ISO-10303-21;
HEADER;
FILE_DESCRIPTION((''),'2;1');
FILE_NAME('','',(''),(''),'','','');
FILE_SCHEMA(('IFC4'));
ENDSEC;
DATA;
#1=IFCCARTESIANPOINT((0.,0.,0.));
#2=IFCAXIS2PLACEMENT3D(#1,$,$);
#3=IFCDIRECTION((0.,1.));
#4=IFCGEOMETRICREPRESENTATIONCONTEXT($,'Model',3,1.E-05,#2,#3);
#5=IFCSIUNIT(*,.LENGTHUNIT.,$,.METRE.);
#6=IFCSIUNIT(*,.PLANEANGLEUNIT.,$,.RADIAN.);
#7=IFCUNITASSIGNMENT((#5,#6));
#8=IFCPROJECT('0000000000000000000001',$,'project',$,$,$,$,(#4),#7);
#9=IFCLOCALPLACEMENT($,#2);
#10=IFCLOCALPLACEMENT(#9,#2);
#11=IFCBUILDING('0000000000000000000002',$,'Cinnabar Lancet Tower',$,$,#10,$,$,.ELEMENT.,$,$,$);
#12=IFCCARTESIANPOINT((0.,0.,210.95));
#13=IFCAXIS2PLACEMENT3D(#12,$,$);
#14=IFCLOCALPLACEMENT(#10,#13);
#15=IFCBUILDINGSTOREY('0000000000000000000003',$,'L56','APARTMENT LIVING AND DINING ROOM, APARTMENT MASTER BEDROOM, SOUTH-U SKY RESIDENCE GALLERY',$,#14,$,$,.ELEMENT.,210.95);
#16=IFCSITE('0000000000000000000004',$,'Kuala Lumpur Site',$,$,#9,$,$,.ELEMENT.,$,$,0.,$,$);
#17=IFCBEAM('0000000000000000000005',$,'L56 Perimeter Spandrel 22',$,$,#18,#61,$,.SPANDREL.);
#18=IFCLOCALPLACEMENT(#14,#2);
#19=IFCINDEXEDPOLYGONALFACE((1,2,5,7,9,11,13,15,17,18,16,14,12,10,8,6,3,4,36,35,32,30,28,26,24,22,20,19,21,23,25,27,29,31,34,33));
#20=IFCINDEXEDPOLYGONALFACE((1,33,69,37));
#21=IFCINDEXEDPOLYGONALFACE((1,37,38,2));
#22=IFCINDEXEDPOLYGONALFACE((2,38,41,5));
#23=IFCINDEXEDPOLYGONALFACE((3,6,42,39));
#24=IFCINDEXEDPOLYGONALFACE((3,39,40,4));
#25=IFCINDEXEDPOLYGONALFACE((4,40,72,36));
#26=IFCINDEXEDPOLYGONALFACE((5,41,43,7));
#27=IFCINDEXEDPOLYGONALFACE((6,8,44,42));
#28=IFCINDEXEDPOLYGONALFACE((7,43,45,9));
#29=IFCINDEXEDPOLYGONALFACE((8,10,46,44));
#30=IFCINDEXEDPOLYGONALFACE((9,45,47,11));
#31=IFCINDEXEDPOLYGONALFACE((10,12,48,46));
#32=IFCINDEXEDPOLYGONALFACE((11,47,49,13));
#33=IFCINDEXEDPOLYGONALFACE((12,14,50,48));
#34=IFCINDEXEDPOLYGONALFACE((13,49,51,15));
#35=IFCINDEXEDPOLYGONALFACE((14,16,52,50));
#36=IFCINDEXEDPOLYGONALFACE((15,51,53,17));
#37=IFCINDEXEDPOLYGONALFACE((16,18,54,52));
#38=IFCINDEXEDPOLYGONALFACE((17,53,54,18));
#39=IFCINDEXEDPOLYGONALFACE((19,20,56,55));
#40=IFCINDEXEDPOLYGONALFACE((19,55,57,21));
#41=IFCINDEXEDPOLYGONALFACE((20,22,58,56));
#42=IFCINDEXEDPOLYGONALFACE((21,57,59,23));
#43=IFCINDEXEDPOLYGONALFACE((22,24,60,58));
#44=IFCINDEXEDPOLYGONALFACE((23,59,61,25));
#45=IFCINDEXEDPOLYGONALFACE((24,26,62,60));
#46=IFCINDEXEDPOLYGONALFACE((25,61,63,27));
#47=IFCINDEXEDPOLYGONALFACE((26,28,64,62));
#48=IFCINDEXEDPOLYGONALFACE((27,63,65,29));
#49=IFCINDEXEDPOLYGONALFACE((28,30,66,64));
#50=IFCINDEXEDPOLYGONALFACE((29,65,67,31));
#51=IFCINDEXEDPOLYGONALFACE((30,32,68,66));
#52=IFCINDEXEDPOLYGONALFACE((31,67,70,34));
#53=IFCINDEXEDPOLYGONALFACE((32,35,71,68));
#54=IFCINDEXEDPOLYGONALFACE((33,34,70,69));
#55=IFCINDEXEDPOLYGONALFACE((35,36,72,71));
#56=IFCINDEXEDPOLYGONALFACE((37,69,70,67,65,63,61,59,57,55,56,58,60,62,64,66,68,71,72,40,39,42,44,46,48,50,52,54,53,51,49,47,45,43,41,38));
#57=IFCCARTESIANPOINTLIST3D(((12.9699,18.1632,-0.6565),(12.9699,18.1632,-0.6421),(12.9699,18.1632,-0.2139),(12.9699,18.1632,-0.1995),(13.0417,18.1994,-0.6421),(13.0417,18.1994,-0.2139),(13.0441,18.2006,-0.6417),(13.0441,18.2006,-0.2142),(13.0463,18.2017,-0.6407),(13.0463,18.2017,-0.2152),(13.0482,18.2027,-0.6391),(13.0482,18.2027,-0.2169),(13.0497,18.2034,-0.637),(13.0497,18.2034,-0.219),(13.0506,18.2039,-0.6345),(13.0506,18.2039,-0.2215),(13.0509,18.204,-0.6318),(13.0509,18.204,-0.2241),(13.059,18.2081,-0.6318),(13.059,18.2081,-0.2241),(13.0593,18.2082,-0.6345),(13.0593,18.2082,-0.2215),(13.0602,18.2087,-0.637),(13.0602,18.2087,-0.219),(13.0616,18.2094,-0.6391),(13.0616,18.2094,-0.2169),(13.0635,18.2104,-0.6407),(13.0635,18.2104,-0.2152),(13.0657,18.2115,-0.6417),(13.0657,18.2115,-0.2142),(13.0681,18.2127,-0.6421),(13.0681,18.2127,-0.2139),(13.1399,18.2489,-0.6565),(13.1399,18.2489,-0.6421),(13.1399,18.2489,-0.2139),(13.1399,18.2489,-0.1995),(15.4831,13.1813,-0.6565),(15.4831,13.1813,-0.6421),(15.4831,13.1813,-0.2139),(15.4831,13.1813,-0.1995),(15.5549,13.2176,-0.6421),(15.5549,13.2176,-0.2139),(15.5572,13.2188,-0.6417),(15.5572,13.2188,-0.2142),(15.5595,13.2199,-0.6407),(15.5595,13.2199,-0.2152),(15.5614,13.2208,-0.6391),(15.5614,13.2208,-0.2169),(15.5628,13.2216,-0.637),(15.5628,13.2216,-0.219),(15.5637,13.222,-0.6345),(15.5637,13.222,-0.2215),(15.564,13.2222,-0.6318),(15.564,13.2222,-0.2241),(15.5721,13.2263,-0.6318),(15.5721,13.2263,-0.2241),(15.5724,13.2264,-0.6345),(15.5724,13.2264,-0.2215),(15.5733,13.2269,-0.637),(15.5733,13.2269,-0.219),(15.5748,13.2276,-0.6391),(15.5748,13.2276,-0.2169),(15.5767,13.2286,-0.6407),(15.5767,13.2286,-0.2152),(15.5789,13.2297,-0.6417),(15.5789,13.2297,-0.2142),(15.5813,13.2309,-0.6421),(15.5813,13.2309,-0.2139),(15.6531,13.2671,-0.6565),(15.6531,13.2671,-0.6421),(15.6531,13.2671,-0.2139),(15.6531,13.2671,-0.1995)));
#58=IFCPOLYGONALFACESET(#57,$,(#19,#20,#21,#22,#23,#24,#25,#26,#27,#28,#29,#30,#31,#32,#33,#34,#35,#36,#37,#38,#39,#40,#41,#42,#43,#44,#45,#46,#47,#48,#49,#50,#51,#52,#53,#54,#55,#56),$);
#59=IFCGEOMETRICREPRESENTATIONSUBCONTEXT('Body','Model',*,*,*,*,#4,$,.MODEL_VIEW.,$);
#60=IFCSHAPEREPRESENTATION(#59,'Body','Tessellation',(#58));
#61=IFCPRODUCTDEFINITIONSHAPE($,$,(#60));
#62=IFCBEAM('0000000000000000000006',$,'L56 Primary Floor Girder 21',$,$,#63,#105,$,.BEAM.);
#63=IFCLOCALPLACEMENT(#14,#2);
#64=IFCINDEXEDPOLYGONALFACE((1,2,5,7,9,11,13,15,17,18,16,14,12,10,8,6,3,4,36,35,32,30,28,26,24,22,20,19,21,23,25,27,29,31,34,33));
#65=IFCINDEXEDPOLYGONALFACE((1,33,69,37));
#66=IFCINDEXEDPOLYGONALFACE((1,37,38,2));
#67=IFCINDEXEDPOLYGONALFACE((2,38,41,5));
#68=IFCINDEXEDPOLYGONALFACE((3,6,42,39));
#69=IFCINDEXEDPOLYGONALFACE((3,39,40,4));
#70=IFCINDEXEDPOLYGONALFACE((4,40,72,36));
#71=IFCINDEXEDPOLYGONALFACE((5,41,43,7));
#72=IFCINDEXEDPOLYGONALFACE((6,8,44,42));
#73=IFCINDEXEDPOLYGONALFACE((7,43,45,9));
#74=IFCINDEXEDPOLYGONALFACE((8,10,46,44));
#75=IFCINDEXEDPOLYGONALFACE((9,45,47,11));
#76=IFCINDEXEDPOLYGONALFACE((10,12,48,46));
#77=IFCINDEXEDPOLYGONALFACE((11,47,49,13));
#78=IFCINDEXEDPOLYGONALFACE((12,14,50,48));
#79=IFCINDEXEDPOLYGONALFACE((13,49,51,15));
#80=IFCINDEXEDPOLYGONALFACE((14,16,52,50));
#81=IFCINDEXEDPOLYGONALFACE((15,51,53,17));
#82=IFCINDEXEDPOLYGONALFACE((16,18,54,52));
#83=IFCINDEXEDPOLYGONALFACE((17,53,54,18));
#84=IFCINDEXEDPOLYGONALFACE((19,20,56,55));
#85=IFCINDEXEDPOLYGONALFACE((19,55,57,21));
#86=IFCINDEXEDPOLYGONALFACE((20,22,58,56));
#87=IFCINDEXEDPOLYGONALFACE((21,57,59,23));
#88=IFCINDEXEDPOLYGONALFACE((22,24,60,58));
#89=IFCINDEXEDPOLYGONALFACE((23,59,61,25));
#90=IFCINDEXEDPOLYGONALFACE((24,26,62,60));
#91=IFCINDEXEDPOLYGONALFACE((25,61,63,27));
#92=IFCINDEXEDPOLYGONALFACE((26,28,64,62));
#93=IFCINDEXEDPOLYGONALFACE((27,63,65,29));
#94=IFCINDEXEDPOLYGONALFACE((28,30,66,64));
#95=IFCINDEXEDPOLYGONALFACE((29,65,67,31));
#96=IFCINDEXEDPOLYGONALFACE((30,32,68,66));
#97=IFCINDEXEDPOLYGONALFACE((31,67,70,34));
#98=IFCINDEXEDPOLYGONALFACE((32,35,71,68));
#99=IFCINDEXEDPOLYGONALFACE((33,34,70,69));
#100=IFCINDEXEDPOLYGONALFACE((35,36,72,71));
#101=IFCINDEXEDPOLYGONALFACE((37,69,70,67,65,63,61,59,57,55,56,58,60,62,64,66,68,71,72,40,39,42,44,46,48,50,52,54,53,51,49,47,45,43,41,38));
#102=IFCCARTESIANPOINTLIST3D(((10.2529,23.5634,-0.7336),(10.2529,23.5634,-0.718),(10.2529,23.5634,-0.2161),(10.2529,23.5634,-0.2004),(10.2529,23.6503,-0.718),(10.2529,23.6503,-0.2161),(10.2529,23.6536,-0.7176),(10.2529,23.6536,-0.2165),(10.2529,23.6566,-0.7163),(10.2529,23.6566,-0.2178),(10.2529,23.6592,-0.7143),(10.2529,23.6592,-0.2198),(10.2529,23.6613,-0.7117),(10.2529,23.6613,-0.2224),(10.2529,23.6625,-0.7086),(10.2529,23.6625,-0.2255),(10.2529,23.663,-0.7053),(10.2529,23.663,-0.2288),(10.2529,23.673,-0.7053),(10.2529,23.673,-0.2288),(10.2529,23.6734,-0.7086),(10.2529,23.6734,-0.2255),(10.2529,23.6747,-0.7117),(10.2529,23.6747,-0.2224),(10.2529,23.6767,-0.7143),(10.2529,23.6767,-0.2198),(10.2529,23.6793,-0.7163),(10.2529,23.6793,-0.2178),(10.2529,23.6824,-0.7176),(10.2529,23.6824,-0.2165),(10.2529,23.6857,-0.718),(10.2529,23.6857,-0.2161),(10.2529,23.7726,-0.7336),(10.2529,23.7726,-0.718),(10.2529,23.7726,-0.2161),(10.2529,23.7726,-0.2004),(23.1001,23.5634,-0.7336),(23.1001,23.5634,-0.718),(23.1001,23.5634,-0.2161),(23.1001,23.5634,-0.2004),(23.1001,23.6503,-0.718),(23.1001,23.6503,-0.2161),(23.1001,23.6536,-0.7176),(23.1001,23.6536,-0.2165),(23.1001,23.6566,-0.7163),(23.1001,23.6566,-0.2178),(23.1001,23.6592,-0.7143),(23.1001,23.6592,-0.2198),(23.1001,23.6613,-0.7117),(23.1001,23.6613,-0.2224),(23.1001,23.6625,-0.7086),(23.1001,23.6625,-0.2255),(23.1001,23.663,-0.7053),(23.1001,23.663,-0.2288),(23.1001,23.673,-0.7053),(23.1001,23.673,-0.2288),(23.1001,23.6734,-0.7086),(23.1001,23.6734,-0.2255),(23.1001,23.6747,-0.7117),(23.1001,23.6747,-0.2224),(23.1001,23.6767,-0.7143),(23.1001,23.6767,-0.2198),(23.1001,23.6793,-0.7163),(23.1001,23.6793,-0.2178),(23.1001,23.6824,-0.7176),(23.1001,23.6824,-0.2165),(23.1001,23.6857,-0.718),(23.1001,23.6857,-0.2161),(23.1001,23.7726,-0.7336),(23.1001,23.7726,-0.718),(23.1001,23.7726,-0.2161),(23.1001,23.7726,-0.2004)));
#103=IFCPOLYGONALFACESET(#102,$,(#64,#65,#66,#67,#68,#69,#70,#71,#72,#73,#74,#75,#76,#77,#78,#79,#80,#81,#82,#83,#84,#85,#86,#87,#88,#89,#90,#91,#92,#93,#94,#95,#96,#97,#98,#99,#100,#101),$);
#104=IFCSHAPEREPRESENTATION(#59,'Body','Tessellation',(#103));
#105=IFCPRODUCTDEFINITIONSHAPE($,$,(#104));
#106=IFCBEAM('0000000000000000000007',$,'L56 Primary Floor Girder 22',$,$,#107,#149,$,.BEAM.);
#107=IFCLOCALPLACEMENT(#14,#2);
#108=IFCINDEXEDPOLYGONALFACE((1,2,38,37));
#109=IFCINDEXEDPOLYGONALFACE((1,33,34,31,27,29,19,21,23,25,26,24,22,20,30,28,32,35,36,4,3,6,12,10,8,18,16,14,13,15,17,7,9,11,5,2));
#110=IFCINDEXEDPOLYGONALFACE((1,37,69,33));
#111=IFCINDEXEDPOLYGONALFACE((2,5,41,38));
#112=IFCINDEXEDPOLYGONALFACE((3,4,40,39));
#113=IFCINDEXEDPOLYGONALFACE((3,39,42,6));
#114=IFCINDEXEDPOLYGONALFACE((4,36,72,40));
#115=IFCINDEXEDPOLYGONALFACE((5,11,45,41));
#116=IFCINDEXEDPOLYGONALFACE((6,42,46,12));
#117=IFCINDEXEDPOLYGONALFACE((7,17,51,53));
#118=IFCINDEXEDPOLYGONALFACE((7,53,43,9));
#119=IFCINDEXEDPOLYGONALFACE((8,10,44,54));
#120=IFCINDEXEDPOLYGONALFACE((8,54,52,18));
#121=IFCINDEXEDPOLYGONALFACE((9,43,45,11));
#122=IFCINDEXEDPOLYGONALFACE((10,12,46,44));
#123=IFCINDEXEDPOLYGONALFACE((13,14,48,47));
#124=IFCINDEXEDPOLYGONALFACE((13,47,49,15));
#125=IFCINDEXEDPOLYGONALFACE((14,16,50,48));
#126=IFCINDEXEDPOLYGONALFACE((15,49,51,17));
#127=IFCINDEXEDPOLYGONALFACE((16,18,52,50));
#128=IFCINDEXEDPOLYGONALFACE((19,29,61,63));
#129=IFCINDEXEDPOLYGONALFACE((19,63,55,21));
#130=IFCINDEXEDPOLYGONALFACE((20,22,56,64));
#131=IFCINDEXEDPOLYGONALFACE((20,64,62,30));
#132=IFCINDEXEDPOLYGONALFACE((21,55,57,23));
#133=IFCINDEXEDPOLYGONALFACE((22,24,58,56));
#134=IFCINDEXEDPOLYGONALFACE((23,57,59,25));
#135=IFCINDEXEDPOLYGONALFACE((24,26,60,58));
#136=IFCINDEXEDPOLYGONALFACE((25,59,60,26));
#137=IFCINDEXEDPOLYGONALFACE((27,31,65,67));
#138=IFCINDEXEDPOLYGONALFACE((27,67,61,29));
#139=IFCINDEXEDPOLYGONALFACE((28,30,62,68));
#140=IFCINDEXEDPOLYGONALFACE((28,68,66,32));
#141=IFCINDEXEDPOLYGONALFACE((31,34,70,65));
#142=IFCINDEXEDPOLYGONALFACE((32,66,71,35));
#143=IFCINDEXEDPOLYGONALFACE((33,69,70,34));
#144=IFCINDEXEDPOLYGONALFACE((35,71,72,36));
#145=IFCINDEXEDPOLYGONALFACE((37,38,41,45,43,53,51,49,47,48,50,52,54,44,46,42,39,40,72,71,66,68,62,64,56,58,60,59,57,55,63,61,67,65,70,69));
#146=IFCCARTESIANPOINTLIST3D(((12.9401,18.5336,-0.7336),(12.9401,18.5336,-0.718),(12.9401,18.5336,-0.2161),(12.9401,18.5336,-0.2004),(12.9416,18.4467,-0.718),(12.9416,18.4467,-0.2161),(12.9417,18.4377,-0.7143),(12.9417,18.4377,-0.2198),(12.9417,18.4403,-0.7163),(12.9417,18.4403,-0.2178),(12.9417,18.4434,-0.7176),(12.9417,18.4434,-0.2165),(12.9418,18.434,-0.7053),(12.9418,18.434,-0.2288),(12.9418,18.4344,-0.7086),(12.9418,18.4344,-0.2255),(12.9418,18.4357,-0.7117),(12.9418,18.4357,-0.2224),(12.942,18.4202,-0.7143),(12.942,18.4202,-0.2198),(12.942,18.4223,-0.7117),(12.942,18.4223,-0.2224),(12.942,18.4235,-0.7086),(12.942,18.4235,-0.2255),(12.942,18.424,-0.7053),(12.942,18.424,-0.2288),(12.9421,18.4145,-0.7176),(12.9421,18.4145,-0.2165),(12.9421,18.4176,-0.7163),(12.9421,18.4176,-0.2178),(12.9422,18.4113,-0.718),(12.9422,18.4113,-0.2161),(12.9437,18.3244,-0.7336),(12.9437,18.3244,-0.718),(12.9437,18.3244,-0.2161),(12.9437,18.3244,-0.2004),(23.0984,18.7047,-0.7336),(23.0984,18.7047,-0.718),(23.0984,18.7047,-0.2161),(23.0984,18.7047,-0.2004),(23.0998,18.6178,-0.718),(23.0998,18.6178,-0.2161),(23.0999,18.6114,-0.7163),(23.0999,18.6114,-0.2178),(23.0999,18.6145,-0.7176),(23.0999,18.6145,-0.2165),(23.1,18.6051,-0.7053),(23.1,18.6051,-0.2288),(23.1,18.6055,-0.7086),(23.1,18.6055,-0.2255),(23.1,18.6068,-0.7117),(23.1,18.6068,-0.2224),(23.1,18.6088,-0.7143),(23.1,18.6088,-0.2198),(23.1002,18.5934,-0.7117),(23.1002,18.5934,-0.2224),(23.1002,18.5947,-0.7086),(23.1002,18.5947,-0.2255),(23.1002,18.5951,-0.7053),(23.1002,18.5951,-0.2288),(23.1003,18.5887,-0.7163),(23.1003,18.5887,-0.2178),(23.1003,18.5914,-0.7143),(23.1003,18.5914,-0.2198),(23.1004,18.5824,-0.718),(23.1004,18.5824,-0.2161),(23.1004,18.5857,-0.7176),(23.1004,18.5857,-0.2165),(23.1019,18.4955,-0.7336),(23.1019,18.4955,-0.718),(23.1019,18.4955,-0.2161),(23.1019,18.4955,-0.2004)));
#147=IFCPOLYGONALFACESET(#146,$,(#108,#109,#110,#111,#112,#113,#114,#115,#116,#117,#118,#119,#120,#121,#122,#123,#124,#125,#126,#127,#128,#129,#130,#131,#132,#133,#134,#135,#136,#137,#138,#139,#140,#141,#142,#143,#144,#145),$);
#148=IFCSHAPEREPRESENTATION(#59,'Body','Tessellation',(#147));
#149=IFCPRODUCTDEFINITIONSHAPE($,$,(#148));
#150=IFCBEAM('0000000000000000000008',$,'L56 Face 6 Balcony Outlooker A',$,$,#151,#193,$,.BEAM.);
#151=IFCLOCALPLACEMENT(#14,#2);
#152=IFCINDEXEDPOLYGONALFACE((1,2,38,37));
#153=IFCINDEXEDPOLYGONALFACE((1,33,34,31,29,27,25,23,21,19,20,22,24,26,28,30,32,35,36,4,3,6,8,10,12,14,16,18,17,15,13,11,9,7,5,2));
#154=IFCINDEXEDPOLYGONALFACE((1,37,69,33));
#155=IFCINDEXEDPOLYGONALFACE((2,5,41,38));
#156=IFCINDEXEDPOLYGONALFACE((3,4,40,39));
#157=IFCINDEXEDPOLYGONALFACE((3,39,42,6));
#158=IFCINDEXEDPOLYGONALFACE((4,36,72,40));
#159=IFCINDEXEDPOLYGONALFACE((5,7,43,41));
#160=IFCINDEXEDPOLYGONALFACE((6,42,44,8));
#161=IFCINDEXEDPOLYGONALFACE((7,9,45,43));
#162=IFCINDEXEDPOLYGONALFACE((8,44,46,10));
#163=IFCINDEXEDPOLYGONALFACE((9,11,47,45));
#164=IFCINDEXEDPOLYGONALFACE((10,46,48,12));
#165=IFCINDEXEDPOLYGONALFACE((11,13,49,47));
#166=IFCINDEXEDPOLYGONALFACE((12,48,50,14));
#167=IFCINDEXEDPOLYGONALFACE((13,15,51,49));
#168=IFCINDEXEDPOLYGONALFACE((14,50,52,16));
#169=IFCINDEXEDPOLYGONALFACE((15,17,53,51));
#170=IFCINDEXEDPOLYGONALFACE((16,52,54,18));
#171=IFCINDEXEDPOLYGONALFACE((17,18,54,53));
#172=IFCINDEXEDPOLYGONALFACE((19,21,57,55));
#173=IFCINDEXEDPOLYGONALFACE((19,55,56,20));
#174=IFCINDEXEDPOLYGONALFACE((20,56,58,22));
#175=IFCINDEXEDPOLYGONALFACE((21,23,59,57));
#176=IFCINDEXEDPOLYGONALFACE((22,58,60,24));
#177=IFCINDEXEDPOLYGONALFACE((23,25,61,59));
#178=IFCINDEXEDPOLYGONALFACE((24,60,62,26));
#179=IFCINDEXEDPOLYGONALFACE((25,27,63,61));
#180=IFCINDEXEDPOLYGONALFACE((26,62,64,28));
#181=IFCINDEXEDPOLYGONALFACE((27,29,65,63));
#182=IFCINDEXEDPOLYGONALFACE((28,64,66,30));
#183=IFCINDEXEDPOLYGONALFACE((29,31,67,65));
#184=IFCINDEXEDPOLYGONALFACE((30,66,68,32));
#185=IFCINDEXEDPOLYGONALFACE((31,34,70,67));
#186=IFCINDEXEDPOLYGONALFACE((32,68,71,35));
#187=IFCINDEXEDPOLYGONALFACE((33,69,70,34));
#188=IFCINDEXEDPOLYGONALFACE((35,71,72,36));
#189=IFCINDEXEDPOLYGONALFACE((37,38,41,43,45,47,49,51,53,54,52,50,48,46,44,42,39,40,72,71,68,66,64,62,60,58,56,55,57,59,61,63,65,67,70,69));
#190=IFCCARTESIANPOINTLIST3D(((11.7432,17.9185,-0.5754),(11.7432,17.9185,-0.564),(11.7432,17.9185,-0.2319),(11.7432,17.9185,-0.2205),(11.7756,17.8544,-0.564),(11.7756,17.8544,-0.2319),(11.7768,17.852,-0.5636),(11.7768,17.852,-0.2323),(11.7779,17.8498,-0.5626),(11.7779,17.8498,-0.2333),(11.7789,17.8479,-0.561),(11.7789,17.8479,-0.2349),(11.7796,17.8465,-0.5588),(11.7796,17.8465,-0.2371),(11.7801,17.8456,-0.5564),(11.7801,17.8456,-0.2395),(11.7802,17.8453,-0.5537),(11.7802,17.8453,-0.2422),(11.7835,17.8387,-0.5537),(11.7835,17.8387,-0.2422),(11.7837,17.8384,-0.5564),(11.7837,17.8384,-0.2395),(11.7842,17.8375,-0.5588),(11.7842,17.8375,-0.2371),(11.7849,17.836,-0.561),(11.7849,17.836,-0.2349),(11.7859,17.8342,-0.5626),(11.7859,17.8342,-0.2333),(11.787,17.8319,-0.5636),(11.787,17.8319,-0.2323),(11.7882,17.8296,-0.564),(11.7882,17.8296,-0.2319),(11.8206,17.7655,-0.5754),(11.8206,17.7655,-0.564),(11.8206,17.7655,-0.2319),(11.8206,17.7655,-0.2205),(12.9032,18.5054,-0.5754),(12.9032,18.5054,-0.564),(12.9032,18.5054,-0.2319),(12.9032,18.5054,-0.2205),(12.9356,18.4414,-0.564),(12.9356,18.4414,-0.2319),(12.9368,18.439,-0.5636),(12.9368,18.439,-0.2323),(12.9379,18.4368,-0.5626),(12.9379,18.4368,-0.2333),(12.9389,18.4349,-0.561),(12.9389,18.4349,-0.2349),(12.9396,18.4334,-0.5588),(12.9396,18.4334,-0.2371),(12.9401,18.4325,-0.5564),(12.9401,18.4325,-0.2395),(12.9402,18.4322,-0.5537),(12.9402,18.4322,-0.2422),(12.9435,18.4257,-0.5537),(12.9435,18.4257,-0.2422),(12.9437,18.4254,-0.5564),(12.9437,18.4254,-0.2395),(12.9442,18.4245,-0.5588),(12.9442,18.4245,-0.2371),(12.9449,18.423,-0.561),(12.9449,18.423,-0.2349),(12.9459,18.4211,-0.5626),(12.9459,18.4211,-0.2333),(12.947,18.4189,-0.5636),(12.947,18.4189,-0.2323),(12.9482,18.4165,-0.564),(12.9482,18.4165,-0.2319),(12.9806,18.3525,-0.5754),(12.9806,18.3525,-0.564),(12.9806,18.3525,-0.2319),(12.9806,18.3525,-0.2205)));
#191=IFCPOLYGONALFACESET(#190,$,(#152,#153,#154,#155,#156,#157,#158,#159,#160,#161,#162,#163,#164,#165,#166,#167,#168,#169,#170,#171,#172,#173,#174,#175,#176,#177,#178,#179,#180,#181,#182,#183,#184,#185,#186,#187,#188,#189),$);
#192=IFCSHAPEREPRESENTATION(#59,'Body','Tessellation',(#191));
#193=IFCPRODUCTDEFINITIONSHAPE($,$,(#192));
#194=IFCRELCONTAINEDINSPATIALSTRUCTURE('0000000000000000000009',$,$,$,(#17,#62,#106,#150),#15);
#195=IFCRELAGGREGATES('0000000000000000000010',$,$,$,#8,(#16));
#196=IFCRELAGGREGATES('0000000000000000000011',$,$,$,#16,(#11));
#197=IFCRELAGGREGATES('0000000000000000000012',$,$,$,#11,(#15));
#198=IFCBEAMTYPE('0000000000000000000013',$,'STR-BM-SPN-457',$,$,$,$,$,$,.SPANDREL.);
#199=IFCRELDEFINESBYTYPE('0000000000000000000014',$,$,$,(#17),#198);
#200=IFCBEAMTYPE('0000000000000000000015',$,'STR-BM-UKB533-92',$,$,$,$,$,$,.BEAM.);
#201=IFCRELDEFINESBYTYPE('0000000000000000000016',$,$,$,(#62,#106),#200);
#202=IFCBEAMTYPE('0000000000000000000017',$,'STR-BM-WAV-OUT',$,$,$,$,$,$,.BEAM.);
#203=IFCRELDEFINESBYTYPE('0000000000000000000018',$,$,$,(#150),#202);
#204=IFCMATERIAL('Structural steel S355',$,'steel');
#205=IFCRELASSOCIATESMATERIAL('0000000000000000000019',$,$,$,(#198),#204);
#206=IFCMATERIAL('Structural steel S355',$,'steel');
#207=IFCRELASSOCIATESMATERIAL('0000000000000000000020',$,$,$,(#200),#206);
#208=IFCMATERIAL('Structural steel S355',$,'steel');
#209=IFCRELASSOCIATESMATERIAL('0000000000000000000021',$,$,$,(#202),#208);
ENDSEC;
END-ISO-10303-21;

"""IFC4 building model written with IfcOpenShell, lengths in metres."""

from ifc_helpers import new_model, si_unit, direction, frame, origin, origin_2d, place, context, subcontext, project, spatial, i_section, extrude, material, material_profile, profile_set, type_object, element, save


model = new_model("IFC4")

# Units and contexts
model_context = context("Model", 3, precision=1e-05, world=origin(), true_north=direction((0.0, 1.0)))
body_context = subcontext(model_context, "Body", "Model", "MODEL_VIEW")
ifc_project = project(units=[si_unit("LENGTHUNIT", "METRE"), si_unit("PLANEANGLEUNIT", "RADIAN")], contexts=[model_context])

# Site, building, storey
site_placement = place(None, origin())
site = spatial("IfcSite", under=ifc_project, at=site_placement, Name="Kuala Lumpur Site", CompositionType="ELEMENT", RefElevation=0.0)
building_placement = place(site_placement, origin())
building = spatial("IfcBuilding", under=site, at=building_placement, Name="Cinnabar Lancet Tower", CompositionType="ELEMENT")
storey_placement = place(building_placement, frame((0.0, 0.0, 210.95)))
storey = spatial("IfcBuildingStorey", under=building, at=storey_placement, Name="L56", Description="APARTMENT LIVING AND DINING ROOM, APARTMENT MASTER BEDROOM, SOUTH-U SKY RESIDENCE GALLERY", CompositionType="ELEMENT", Elevation=210.95)

# Beams
ifc_material_1 = material(Name="Structural steel S355", Category="steel")
ifc_material_profile_1 = material_profile(ifc_material_1, i_section(OverallWidth=0.1904, OverallDepth=0.457, WebThickness=0.009, FlangeThickness=0.0144, FilletRadius=0.0103, at=origin_2d()), Name="UKB 457x191x74")
ifc_profile_set_1 = profile_set([ifc_material_profile_1], Name="Structural steel S355")
beam_type_1 = type_object("IfcBeamType", Name="STR-BM-SPN-457", PredefinedType="SPANDREL", material=ifc_profile_set_1)
beam_1_placement = place(storey_placement, frame((13.0549, 18.2061, -0.428), z_axis=(0.450396, -0.892829, 0.0), x_axis=(0.892829, 0.450396, 0.0)))
element("IfcBeam", 1, at=beam_1_placement, inside=storey, type_object=beam_type_1, Name="L56 Perimeter Spandrel 22", PredefinedType="SPANDREL", context=body_context, shape_type="SweptSolid", body=[
    extrude(i_section(OverallWidth=0.1904, OverallDepth=0.457, WebThickness=0.009, FlangeThickness=0.0144, FilletRadius=0.0103, at=origin_2d()), origin(), (0.0, 0.0, 1.0), 5.5798),
])
ifc_material_2 = material(Name="Structural steel S355", Category="steel")
ifc_material_profile_2 = material_profile(ifc_material_2, i_section(OverallWidth=0.2092, OverallDepth=0.5332, WebThickness=0.01, FlangeThickness=0.0156, FilletRadius=0.0127, at=origin_2d()), Name="UKB 533x210x92")
ifc_profile_set_2 = profile_set([ifc_material_profile_2], Name="Structural steel S355")
beam_type_2 = type_object("IfcBeamType", Name="STR-BM-UKB533-92", PredefinedType="BEAM", material=ifc_profile_set_2)
beam_2_placement = place(storey_placement, frame((10.2529, 23.668, -0.467), z_axis=(1.0, 0.0, 0.0), x_axis=(0.0, 1.0, 0.0)))
element("IfcBeam", 2, at=beam_2_placement, inside=storey, type_object=beam_type_2, Name="L56 Primary Floor Girder 21", PredefinedType="BEAM", context=body_context, shape_type="SweptSolid", body=[
    extrude(i_section(OverallWidth=0.2092, OverallDepth=0.5332, WebThickness=0.01, FlangeThickness=0.0156, FilletRadius=0.0127, at=origin_2d()), origin(), (0.0, 0.0, 1.0), 12.8472),
])
beam_3_placement = place(storey_placement, frame((12.9419, 18.429, -0.467), z_axis=(0.999858, 0.016845, 0.0), x_axis=(-0.016845, 0.999858, 0.0)))
element("IfcBeam", 3, at=beam_3_placement, inside=storey, type_object=beam_type_2, Name="L56 Primary Floor Girder 22", PredefinedType="BEAM", context=body_context, shape_type="SweptSolid", body=[
    extrude(i_section(OverallWidth=0.2092, OverallDepth=0.5332, WebThickness=0.01, FlangeThickness=0.0156, FilletRadius=0.0127, at=origin_2d()), origin(), (0.0, 0.0, 1.0), 10.1597),
])
ifc_material_3 = material(Name="Structural steel S355", Category="steel")
ifc_material_profile_3 = material_profile(ifc_material_3, i_section(OverallWidth=0.1714, OverallDepth=0.355, WebThickness=0.0073, FlangeThickness=0.0115, FilletRadius=0.0103, at=origin_2d()), Name="UKB 356x171x51")
ifc_profile_set_3 = profile_set([ifc_material_profile_3], Name="Structural steel S355")
beam_type_3 = type_object("IfcBeamType", Name="STR-BM-WAV-OUT", PredefinedType="BEAM", material=ifc_profile_set_3)
beam_4_placement = place(storey_placement, frame((12.9419, 18.429, -0.3979), z_axis=(-0.892276, -0.45149, 0.0), x_axis=(0.45149, -0.892276, 0.0)))
element("IfcBeam", 4, at=beam_4_placement, inside=storey, type_object=beam_type_3, Name="L56 Face 6 Balcony Outlooker A", PredefinedType="BEAM", context=body_context, shape_type="SweptSolid", body=[
    extrude(i_section(OverallWidth=0.1714, OverallDepth=0.355, WebThickness=0.0073, FlangeThickness=0.0115, FilletRadius=0.0103, at=origin_2d()), origin(), (0.0, 0.0, 1.0), 1.3),
])

save(model, "model.ifc")
